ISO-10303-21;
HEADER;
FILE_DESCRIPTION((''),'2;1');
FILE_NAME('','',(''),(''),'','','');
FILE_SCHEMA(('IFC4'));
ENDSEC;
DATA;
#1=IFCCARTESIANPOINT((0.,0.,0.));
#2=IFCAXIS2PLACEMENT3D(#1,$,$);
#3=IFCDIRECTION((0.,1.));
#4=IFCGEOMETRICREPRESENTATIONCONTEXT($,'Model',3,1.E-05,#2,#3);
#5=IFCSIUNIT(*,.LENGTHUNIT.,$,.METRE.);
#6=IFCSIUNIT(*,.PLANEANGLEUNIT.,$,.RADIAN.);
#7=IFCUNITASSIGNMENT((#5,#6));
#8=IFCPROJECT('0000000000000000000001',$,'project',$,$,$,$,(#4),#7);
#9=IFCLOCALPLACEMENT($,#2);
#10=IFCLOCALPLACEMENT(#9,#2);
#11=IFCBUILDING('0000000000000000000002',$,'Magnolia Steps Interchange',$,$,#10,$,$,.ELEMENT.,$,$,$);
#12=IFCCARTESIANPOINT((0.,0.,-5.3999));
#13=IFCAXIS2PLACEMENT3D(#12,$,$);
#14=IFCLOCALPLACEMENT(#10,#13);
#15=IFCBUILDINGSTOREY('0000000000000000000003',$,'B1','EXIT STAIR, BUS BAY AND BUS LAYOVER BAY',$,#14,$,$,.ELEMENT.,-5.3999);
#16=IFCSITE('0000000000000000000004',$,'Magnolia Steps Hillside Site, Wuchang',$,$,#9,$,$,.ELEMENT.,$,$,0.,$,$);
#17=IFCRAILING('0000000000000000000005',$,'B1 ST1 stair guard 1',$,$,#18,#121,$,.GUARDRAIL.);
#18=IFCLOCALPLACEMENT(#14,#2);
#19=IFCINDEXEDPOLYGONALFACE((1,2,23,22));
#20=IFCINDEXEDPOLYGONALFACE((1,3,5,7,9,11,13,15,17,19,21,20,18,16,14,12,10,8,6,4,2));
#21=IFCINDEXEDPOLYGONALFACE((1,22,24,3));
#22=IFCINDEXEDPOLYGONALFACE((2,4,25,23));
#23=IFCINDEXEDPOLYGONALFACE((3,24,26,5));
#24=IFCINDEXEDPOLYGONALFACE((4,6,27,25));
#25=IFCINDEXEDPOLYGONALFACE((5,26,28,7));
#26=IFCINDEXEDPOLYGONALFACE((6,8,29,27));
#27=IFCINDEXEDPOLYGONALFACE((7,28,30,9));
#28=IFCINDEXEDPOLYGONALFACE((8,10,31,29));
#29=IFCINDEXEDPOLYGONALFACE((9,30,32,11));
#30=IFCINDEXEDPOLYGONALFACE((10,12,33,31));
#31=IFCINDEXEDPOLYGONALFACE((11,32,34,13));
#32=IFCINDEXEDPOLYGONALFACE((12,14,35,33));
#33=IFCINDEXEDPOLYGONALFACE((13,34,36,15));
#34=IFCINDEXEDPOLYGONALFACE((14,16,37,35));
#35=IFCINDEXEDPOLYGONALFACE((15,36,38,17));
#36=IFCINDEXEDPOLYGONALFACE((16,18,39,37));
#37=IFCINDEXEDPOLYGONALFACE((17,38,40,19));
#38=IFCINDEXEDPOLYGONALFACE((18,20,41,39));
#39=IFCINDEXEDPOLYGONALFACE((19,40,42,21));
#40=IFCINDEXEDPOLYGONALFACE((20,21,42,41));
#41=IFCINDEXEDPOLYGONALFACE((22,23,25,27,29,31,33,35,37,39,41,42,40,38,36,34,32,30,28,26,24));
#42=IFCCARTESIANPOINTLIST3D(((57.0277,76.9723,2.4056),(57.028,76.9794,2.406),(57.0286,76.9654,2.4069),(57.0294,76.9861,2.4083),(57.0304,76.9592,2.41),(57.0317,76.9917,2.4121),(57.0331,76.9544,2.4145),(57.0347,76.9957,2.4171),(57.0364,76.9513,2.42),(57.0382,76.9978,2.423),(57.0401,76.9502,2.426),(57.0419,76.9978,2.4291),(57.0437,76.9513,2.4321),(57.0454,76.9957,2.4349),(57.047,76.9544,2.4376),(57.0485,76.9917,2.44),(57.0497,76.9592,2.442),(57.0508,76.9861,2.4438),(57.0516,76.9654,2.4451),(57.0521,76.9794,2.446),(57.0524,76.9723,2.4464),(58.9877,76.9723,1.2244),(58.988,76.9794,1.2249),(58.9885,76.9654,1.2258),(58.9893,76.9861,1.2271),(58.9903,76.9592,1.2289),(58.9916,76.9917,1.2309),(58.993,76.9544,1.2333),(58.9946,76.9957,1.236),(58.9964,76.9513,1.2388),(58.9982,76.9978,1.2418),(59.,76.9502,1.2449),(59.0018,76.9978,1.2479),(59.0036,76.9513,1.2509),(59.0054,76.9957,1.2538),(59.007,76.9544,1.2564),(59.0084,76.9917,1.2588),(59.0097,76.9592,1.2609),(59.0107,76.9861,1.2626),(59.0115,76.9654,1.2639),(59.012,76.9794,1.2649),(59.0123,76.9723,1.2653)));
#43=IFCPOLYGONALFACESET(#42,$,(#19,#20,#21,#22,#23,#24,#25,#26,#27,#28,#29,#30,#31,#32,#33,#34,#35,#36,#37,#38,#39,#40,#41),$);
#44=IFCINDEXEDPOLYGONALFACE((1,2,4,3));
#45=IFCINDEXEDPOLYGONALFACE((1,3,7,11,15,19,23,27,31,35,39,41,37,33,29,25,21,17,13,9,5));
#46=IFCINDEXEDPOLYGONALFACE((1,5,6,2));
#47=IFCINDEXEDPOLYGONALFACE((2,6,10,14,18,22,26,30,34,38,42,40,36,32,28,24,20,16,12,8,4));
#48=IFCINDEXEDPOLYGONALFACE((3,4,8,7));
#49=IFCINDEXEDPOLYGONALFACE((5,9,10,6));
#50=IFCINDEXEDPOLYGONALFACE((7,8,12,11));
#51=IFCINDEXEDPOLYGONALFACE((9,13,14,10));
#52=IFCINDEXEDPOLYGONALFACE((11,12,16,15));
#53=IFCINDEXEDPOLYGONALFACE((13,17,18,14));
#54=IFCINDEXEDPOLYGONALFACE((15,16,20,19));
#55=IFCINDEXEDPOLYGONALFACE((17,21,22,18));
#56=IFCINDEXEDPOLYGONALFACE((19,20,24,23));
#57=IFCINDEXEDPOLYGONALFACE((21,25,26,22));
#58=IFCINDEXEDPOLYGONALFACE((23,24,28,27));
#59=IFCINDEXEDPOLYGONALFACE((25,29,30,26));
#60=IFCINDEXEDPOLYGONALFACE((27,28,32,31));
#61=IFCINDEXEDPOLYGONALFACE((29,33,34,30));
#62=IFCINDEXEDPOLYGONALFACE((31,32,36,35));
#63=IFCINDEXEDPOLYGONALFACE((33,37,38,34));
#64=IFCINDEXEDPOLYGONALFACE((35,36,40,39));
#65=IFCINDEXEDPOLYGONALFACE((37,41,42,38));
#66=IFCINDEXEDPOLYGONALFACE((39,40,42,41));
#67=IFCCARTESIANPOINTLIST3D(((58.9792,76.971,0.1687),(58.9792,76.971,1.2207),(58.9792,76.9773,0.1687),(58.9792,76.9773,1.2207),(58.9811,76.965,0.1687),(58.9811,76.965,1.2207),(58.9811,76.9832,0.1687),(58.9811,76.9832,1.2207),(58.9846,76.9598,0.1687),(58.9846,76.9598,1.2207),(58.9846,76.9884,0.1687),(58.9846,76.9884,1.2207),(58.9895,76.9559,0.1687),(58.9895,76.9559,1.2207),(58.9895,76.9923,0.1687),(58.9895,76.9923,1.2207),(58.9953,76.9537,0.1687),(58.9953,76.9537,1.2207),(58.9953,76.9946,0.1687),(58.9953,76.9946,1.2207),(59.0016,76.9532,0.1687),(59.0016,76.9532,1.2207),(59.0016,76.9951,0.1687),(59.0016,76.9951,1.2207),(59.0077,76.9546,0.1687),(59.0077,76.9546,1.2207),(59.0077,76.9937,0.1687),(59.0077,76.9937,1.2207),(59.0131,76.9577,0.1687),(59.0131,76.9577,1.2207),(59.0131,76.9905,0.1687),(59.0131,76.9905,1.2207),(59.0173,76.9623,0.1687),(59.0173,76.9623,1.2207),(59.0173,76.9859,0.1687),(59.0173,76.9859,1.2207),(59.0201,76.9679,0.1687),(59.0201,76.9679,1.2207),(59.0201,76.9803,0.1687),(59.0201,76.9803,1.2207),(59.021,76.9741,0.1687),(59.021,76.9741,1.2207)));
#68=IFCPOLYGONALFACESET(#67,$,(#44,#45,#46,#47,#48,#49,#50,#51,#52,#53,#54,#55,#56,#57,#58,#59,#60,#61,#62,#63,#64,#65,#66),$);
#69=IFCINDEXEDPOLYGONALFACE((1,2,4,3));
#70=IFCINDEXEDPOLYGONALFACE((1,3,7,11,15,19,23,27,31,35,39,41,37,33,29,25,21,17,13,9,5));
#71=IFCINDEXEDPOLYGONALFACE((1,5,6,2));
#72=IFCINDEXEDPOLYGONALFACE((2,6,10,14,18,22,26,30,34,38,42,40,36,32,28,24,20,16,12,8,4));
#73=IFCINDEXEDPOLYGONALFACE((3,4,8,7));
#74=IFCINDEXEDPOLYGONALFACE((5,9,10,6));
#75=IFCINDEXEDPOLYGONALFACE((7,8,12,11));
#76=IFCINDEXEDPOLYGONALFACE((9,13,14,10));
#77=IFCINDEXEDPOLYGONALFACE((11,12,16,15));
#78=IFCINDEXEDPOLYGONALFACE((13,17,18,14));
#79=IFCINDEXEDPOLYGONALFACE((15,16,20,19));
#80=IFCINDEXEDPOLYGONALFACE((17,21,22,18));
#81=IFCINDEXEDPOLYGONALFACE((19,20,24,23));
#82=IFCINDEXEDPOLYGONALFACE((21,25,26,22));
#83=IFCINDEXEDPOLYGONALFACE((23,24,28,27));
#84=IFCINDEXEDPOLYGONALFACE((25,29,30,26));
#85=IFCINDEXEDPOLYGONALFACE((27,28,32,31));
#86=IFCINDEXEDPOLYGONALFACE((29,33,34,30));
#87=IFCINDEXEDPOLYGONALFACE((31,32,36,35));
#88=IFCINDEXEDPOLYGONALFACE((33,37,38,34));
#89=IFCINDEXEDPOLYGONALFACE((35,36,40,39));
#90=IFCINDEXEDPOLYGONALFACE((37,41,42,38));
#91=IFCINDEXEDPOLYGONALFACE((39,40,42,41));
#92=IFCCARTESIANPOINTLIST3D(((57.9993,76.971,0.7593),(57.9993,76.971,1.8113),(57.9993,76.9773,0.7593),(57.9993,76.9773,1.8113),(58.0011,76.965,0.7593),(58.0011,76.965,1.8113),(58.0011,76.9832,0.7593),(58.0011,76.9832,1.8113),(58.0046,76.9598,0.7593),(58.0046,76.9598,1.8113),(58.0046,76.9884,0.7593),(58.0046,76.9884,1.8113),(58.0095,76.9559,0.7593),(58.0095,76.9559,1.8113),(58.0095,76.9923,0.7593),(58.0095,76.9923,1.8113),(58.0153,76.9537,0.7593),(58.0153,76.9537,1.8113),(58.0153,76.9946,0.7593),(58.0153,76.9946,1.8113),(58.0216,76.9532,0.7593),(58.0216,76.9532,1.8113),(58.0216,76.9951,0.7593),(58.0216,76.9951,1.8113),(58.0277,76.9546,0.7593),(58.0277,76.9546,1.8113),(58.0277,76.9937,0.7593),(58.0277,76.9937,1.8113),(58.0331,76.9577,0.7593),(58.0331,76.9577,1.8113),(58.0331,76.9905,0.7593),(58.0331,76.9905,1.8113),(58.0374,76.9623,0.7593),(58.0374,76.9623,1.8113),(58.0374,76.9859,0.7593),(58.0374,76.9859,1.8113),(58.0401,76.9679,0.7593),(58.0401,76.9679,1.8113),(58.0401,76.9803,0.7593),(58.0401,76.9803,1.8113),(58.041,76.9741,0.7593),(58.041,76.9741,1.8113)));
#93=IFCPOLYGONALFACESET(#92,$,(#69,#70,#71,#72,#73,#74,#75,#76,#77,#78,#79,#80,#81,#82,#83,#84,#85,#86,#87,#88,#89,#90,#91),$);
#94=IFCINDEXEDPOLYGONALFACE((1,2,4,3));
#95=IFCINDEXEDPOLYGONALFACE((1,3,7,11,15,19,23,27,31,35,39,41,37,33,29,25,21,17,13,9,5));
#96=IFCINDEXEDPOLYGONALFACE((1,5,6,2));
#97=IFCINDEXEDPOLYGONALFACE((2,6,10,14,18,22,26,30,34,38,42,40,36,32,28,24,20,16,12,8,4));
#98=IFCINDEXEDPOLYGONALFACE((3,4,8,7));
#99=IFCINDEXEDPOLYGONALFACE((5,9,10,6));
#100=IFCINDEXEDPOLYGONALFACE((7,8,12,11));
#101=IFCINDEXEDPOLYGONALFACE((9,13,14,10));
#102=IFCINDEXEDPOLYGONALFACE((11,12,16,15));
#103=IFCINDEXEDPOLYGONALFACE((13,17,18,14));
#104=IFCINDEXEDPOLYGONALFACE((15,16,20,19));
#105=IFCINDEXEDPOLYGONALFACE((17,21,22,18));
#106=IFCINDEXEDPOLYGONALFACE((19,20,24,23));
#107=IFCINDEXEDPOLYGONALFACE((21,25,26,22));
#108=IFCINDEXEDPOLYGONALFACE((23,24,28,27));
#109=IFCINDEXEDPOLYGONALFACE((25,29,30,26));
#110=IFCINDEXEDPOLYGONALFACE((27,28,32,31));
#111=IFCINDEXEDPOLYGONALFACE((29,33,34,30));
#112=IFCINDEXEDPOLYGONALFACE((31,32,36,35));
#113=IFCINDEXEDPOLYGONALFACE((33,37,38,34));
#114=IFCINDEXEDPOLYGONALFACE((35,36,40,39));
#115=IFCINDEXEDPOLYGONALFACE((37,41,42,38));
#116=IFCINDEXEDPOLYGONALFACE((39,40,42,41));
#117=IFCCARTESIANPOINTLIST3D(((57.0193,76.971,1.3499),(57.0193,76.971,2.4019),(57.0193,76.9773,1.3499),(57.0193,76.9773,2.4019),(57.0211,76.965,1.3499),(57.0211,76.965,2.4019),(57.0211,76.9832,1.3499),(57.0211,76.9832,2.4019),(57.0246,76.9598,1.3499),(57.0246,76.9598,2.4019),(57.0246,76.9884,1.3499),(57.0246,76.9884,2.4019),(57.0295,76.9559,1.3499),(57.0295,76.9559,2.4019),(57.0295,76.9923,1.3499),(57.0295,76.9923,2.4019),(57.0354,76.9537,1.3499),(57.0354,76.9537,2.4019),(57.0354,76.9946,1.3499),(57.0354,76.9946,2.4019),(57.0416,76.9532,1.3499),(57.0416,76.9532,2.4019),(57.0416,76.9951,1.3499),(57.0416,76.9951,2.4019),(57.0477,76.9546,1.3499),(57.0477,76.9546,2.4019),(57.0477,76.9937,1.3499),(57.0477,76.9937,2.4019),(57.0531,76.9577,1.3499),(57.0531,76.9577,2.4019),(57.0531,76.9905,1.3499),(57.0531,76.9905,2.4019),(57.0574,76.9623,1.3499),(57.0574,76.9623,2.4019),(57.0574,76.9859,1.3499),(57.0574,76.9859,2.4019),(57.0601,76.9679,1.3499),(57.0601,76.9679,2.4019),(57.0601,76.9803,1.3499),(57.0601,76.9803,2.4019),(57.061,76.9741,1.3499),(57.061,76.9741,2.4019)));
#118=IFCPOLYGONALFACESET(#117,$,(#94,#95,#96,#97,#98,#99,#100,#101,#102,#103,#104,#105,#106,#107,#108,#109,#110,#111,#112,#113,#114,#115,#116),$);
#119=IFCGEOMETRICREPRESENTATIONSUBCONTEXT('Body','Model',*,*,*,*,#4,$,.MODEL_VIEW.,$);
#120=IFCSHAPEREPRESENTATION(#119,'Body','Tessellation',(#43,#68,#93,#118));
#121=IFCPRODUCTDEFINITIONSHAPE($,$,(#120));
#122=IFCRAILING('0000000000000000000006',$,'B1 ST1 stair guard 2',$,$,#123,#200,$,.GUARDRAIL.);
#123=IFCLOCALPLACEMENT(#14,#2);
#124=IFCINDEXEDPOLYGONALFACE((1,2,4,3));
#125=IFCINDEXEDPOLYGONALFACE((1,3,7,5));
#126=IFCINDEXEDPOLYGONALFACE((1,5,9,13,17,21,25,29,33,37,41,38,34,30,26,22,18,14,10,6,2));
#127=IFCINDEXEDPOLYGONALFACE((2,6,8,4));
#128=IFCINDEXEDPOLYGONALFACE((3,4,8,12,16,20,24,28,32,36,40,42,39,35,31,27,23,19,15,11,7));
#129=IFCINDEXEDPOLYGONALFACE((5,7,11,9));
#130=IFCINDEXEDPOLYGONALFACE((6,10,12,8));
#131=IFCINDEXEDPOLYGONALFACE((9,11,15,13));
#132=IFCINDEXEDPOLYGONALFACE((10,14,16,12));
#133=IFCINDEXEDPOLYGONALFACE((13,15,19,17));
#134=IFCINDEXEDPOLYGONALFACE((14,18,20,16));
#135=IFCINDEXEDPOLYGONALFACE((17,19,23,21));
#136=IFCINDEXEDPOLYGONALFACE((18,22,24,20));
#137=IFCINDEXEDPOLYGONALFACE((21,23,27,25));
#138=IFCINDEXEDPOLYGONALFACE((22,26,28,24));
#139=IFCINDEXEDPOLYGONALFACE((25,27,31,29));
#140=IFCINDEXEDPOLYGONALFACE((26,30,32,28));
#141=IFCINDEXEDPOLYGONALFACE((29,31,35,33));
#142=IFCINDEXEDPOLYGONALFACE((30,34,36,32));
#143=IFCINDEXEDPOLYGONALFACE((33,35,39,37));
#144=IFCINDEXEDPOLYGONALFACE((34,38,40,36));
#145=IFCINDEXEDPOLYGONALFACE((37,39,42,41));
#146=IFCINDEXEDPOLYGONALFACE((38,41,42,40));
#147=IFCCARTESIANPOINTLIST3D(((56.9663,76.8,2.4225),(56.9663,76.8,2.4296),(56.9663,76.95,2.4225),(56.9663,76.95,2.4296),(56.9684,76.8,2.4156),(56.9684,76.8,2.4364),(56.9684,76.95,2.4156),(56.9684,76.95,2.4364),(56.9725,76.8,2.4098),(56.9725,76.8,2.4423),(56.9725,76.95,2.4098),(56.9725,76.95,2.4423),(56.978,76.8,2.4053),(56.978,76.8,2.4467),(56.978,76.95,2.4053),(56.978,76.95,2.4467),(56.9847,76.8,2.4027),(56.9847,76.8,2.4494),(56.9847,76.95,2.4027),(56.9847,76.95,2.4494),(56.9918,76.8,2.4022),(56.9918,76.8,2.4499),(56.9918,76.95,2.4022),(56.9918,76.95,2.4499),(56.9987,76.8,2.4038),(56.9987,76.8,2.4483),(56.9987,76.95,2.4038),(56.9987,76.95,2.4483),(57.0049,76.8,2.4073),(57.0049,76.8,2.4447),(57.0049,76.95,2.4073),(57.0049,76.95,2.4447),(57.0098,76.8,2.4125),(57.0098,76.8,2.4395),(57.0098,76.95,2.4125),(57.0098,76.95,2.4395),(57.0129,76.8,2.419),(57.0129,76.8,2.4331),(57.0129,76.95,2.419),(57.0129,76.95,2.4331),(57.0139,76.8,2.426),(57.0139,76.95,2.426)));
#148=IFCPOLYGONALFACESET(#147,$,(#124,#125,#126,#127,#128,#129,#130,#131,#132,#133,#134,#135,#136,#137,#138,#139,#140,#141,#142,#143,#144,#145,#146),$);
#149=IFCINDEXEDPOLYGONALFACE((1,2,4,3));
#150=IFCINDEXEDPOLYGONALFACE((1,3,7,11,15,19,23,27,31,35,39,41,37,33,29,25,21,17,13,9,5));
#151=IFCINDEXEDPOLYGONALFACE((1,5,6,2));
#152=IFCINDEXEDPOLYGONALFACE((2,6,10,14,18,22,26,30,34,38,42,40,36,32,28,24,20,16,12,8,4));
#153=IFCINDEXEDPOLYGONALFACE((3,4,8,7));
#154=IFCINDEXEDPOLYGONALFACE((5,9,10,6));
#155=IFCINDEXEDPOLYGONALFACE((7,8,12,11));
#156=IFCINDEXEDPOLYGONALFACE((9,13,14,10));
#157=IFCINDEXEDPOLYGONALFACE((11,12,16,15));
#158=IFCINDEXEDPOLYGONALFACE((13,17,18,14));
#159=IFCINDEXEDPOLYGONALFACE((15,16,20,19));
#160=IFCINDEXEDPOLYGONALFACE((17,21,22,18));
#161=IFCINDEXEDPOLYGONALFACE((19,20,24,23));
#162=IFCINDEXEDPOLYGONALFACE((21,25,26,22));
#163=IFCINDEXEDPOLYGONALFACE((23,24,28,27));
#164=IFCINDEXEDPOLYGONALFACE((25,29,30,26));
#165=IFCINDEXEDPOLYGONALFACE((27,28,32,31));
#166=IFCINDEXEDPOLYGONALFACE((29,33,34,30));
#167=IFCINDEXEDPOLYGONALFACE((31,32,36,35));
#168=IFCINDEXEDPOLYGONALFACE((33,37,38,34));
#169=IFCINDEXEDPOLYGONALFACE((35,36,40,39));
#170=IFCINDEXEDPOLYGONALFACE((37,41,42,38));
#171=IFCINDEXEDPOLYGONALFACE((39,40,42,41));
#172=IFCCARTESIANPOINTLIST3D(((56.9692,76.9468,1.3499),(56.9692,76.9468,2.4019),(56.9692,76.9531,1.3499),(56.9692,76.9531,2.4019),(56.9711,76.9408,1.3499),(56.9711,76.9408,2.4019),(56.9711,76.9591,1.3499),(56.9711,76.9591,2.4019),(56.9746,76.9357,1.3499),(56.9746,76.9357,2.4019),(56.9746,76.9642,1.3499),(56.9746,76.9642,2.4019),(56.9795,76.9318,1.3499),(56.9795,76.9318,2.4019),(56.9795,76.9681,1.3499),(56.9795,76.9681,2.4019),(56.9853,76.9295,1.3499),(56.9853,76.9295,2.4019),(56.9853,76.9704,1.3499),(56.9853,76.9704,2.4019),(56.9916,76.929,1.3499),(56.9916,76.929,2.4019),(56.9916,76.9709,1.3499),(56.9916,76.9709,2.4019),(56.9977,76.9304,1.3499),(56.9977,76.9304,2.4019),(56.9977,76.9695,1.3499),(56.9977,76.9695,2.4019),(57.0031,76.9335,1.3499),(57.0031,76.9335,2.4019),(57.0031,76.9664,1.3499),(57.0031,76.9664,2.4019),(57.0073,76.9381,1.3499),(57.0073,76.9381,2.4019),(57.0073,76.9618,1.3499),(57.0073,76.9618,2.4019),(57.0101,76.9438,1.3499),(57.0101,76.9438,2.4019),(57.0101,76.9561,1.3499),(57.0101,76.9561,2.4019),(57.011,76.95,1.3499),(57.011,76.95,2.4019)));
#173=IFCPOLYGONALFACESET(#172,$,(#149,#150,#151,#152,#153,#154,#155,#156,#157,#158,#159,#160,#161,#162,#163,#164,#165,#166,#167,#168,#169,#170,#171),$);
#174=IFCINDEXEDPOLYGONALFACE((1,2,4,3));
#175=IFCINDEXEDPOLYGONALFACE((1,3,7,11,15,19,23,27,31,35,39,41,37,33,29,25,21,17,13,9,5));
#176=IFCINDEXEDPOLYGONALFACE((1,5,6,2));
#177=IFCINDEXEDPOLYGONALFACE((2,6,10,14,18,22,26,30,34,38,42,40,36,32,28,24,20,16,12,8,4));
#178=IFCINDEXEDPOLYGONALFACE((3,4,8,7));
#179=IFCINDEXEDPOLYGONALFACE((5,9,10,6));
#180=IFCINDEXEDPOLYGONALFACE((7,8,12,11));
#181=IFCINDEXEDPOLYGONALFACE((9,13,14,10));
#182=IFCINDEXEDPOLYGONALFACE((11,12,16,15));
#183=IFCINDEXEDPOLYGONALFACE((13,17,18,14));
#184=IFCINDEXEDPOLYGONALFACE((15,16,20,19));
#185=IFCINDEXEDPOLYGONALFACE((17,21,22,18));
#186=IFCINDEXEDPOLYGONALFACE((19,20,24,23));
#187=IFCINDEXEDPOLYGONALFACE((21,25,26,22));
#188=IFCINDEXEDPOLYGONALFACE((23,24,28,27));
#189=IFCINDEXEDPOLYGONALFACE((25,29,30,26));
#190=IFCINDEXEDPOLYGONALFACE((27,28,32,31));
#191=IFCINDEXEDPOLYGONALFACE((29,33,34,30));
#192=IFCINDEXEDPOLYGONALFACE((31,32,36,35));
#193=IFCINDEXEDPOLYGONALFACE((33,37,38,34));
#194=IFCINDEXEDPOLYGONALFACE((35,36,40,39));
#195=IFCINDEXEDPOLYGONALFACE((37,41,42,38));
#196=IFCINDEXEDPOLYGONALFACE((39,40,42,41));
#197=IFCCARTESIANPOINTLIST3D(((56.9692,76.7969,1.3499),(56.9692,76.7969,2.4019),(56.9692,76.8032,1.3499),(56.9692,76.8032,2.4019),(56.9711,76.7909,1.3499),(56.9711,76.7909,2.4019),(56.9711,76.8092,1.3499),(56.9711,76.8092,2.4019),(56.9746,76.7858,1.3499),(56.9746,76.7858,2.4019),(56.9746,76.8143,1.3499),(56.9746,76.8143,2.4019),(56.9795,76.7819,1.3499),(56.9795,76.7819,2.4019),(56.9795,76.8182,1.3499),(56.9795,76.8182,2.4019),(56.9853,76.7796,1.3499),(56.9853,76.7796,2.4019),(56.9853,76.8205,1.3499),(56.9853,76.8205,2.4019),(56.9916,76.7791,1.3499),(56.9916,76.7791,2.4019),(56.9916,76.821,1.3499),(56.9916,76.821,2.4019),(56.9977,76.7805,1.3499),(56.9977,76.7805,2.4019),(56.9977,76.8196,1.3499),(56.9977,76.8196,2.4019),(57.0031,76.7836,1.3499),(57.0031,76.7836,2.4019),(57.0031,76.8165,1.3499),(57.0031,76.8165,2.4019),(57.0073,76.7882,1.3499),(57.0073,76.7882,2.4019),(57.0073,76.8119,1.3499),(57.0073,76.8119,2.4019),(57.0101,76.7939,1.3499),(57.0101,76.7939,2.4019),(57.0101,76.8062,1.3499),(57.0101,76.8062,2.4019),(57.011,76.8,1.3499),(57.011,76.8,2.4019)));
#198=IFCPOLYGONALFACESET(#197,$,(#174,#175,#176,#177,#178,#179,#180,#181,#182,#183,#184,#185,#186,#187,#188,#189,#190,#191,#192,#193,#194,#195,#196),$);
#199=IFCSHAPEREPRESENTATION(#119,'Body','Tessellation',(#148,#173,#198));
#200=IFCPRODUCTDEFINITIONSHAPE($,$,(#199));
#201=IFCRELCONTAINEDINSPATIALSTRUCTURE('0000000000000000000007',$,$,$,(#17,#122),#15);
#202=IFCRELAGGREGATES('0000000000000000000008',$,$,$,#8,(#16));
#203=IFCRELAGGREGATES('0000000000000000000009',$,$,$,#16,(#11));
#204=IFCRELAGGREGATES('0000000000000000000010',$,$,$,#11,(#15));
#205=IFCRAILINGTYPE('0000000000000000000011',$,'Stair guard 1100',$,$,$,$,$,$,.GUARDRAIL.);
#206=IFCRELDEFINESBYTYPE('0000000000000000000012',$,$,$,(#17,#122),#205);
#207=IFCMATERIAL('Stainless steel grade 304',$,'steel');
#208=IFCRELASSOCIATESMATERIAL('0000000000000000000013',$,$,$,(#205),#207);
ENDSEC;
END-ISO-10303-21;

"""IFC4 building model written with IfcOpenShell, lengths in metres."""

from ifc_helpers import new_model, si_unit, direction, frame, origin, origin_2d, place, context, subcontext, project, spatial, circle, extrude, material, type_object, element, save


model = new_model("IFC4")

# Units and contexts
model_context = context("Model", 3, precision=1e-05, world=origin(), true_north=direction((0.0, 1.0)))
body_context = subcontext(model_context, "Body", "Model", "MODEL_VIEW")
ifc_project = project(units=[si_unit("LENGTHUNIT", "METRE"), si_unit("PLANEANGLEUNIT", "RADIAN")], contexts=[model_context])

# Site, building, storey
site_placement = place(None, origin())
site = spatial("IfcSite", under=ifc_project, at=site_placement, Name="Magnolia Steps Hillside Site, Wuchang", CompositionType="ELEMENT", RefElevation=0.0)
building_placement = place(site_placement, origin())
building = spatial("IfcBuilding", under=site, at=building_placement, Name="Magnolia Steps Interchange", CompositionType="ELEMENT")
storey_placement = place(building_placement, frame((0.0, 0.0, -5.3999)))
storey = spatial("IfcBuildingStorey", under=building, at=storey_placement, Name="B1", Description="EXIT STAIR, BUS BAY AND BUS LAYOVER BAY", CompositionType="ELEMENT", Elevation=-5.3999)

# Railings
ifc_material_1 = material(Name="Stainless steel grade 304", Category="steel")
railing_type_1 = type_object("IfcRailingType", Name="Stair guard 1100", PredefinedType="GUARDRAIL", material=ifc_material_1)
railing_1_placement = place(storey_placement, frame((59.0, 76.9741, 0.1687)))
element("IfcRailing", 1, at=railing_1_placement, inside=storey, type_object=railing_type_1, Name="B1 ST1 stair guard 1", PredefinedType="GUARDRAIL", context=body_context, shape_type="SweptSolid", body=[
    extrude(circle(Radius=0.0239, at=origin_2d()), frame((0.0, 0.0, 1.0762), z_axis=(-0.856493, 0.0, 0.516158), x_axis=(0.0, -1.0, 0.0)), (0.0, 0.0, 1.0), 2.2883),
    extrude(circle(Radius=0.021, at=origin_2d()), origin(), (0.0, 0.0, 1.0), 1.052),
    extrude(circle(Radius=0.021, at=origin_2d()), frame((-0.98, 0.0, 0.5906)), (0.0, 0.0, 1.0), 1.052),
    extrude(circle(Radius=0.021, at=origin_2d()), frame((-1.96, 0.0, 1.1812)), (0.0, 0.0, 1.0), 1.052),
])
railing_2_placement = place(storey_placement, frame((56.99, 76.95, 1.3499)))
element("IfcRailing", 2, at=railing_2_placement, inside=storey, type_object=railing_type_1, Name="B1 ST1 stair guard 2", PredefinedType="GUARDRAIL", context=body_context, shape_type="SweptSolid", body=[
    extrude(circle(Radius=0.0239, at=origin_2d()), frame((0.0, 0.0, 1.0762), z_axis=(0.0, -1.0, 0.0), x_axis=(1.0, 0.0, 0.0)), (0.0, 0.0, 1.0), 0.1499),
    extrude(circle(Radius=0.021, at=origin_2d()), origin(), (0.0, 0.0, 1.0), 1.052),
    extrude(circle(Radius=0.021, at=origin_2d()), frame((0.0, -0.1499, 0.0)), (0.0, 0.0, 1.0), 1.052),
])

save(model, "model.ifc")
